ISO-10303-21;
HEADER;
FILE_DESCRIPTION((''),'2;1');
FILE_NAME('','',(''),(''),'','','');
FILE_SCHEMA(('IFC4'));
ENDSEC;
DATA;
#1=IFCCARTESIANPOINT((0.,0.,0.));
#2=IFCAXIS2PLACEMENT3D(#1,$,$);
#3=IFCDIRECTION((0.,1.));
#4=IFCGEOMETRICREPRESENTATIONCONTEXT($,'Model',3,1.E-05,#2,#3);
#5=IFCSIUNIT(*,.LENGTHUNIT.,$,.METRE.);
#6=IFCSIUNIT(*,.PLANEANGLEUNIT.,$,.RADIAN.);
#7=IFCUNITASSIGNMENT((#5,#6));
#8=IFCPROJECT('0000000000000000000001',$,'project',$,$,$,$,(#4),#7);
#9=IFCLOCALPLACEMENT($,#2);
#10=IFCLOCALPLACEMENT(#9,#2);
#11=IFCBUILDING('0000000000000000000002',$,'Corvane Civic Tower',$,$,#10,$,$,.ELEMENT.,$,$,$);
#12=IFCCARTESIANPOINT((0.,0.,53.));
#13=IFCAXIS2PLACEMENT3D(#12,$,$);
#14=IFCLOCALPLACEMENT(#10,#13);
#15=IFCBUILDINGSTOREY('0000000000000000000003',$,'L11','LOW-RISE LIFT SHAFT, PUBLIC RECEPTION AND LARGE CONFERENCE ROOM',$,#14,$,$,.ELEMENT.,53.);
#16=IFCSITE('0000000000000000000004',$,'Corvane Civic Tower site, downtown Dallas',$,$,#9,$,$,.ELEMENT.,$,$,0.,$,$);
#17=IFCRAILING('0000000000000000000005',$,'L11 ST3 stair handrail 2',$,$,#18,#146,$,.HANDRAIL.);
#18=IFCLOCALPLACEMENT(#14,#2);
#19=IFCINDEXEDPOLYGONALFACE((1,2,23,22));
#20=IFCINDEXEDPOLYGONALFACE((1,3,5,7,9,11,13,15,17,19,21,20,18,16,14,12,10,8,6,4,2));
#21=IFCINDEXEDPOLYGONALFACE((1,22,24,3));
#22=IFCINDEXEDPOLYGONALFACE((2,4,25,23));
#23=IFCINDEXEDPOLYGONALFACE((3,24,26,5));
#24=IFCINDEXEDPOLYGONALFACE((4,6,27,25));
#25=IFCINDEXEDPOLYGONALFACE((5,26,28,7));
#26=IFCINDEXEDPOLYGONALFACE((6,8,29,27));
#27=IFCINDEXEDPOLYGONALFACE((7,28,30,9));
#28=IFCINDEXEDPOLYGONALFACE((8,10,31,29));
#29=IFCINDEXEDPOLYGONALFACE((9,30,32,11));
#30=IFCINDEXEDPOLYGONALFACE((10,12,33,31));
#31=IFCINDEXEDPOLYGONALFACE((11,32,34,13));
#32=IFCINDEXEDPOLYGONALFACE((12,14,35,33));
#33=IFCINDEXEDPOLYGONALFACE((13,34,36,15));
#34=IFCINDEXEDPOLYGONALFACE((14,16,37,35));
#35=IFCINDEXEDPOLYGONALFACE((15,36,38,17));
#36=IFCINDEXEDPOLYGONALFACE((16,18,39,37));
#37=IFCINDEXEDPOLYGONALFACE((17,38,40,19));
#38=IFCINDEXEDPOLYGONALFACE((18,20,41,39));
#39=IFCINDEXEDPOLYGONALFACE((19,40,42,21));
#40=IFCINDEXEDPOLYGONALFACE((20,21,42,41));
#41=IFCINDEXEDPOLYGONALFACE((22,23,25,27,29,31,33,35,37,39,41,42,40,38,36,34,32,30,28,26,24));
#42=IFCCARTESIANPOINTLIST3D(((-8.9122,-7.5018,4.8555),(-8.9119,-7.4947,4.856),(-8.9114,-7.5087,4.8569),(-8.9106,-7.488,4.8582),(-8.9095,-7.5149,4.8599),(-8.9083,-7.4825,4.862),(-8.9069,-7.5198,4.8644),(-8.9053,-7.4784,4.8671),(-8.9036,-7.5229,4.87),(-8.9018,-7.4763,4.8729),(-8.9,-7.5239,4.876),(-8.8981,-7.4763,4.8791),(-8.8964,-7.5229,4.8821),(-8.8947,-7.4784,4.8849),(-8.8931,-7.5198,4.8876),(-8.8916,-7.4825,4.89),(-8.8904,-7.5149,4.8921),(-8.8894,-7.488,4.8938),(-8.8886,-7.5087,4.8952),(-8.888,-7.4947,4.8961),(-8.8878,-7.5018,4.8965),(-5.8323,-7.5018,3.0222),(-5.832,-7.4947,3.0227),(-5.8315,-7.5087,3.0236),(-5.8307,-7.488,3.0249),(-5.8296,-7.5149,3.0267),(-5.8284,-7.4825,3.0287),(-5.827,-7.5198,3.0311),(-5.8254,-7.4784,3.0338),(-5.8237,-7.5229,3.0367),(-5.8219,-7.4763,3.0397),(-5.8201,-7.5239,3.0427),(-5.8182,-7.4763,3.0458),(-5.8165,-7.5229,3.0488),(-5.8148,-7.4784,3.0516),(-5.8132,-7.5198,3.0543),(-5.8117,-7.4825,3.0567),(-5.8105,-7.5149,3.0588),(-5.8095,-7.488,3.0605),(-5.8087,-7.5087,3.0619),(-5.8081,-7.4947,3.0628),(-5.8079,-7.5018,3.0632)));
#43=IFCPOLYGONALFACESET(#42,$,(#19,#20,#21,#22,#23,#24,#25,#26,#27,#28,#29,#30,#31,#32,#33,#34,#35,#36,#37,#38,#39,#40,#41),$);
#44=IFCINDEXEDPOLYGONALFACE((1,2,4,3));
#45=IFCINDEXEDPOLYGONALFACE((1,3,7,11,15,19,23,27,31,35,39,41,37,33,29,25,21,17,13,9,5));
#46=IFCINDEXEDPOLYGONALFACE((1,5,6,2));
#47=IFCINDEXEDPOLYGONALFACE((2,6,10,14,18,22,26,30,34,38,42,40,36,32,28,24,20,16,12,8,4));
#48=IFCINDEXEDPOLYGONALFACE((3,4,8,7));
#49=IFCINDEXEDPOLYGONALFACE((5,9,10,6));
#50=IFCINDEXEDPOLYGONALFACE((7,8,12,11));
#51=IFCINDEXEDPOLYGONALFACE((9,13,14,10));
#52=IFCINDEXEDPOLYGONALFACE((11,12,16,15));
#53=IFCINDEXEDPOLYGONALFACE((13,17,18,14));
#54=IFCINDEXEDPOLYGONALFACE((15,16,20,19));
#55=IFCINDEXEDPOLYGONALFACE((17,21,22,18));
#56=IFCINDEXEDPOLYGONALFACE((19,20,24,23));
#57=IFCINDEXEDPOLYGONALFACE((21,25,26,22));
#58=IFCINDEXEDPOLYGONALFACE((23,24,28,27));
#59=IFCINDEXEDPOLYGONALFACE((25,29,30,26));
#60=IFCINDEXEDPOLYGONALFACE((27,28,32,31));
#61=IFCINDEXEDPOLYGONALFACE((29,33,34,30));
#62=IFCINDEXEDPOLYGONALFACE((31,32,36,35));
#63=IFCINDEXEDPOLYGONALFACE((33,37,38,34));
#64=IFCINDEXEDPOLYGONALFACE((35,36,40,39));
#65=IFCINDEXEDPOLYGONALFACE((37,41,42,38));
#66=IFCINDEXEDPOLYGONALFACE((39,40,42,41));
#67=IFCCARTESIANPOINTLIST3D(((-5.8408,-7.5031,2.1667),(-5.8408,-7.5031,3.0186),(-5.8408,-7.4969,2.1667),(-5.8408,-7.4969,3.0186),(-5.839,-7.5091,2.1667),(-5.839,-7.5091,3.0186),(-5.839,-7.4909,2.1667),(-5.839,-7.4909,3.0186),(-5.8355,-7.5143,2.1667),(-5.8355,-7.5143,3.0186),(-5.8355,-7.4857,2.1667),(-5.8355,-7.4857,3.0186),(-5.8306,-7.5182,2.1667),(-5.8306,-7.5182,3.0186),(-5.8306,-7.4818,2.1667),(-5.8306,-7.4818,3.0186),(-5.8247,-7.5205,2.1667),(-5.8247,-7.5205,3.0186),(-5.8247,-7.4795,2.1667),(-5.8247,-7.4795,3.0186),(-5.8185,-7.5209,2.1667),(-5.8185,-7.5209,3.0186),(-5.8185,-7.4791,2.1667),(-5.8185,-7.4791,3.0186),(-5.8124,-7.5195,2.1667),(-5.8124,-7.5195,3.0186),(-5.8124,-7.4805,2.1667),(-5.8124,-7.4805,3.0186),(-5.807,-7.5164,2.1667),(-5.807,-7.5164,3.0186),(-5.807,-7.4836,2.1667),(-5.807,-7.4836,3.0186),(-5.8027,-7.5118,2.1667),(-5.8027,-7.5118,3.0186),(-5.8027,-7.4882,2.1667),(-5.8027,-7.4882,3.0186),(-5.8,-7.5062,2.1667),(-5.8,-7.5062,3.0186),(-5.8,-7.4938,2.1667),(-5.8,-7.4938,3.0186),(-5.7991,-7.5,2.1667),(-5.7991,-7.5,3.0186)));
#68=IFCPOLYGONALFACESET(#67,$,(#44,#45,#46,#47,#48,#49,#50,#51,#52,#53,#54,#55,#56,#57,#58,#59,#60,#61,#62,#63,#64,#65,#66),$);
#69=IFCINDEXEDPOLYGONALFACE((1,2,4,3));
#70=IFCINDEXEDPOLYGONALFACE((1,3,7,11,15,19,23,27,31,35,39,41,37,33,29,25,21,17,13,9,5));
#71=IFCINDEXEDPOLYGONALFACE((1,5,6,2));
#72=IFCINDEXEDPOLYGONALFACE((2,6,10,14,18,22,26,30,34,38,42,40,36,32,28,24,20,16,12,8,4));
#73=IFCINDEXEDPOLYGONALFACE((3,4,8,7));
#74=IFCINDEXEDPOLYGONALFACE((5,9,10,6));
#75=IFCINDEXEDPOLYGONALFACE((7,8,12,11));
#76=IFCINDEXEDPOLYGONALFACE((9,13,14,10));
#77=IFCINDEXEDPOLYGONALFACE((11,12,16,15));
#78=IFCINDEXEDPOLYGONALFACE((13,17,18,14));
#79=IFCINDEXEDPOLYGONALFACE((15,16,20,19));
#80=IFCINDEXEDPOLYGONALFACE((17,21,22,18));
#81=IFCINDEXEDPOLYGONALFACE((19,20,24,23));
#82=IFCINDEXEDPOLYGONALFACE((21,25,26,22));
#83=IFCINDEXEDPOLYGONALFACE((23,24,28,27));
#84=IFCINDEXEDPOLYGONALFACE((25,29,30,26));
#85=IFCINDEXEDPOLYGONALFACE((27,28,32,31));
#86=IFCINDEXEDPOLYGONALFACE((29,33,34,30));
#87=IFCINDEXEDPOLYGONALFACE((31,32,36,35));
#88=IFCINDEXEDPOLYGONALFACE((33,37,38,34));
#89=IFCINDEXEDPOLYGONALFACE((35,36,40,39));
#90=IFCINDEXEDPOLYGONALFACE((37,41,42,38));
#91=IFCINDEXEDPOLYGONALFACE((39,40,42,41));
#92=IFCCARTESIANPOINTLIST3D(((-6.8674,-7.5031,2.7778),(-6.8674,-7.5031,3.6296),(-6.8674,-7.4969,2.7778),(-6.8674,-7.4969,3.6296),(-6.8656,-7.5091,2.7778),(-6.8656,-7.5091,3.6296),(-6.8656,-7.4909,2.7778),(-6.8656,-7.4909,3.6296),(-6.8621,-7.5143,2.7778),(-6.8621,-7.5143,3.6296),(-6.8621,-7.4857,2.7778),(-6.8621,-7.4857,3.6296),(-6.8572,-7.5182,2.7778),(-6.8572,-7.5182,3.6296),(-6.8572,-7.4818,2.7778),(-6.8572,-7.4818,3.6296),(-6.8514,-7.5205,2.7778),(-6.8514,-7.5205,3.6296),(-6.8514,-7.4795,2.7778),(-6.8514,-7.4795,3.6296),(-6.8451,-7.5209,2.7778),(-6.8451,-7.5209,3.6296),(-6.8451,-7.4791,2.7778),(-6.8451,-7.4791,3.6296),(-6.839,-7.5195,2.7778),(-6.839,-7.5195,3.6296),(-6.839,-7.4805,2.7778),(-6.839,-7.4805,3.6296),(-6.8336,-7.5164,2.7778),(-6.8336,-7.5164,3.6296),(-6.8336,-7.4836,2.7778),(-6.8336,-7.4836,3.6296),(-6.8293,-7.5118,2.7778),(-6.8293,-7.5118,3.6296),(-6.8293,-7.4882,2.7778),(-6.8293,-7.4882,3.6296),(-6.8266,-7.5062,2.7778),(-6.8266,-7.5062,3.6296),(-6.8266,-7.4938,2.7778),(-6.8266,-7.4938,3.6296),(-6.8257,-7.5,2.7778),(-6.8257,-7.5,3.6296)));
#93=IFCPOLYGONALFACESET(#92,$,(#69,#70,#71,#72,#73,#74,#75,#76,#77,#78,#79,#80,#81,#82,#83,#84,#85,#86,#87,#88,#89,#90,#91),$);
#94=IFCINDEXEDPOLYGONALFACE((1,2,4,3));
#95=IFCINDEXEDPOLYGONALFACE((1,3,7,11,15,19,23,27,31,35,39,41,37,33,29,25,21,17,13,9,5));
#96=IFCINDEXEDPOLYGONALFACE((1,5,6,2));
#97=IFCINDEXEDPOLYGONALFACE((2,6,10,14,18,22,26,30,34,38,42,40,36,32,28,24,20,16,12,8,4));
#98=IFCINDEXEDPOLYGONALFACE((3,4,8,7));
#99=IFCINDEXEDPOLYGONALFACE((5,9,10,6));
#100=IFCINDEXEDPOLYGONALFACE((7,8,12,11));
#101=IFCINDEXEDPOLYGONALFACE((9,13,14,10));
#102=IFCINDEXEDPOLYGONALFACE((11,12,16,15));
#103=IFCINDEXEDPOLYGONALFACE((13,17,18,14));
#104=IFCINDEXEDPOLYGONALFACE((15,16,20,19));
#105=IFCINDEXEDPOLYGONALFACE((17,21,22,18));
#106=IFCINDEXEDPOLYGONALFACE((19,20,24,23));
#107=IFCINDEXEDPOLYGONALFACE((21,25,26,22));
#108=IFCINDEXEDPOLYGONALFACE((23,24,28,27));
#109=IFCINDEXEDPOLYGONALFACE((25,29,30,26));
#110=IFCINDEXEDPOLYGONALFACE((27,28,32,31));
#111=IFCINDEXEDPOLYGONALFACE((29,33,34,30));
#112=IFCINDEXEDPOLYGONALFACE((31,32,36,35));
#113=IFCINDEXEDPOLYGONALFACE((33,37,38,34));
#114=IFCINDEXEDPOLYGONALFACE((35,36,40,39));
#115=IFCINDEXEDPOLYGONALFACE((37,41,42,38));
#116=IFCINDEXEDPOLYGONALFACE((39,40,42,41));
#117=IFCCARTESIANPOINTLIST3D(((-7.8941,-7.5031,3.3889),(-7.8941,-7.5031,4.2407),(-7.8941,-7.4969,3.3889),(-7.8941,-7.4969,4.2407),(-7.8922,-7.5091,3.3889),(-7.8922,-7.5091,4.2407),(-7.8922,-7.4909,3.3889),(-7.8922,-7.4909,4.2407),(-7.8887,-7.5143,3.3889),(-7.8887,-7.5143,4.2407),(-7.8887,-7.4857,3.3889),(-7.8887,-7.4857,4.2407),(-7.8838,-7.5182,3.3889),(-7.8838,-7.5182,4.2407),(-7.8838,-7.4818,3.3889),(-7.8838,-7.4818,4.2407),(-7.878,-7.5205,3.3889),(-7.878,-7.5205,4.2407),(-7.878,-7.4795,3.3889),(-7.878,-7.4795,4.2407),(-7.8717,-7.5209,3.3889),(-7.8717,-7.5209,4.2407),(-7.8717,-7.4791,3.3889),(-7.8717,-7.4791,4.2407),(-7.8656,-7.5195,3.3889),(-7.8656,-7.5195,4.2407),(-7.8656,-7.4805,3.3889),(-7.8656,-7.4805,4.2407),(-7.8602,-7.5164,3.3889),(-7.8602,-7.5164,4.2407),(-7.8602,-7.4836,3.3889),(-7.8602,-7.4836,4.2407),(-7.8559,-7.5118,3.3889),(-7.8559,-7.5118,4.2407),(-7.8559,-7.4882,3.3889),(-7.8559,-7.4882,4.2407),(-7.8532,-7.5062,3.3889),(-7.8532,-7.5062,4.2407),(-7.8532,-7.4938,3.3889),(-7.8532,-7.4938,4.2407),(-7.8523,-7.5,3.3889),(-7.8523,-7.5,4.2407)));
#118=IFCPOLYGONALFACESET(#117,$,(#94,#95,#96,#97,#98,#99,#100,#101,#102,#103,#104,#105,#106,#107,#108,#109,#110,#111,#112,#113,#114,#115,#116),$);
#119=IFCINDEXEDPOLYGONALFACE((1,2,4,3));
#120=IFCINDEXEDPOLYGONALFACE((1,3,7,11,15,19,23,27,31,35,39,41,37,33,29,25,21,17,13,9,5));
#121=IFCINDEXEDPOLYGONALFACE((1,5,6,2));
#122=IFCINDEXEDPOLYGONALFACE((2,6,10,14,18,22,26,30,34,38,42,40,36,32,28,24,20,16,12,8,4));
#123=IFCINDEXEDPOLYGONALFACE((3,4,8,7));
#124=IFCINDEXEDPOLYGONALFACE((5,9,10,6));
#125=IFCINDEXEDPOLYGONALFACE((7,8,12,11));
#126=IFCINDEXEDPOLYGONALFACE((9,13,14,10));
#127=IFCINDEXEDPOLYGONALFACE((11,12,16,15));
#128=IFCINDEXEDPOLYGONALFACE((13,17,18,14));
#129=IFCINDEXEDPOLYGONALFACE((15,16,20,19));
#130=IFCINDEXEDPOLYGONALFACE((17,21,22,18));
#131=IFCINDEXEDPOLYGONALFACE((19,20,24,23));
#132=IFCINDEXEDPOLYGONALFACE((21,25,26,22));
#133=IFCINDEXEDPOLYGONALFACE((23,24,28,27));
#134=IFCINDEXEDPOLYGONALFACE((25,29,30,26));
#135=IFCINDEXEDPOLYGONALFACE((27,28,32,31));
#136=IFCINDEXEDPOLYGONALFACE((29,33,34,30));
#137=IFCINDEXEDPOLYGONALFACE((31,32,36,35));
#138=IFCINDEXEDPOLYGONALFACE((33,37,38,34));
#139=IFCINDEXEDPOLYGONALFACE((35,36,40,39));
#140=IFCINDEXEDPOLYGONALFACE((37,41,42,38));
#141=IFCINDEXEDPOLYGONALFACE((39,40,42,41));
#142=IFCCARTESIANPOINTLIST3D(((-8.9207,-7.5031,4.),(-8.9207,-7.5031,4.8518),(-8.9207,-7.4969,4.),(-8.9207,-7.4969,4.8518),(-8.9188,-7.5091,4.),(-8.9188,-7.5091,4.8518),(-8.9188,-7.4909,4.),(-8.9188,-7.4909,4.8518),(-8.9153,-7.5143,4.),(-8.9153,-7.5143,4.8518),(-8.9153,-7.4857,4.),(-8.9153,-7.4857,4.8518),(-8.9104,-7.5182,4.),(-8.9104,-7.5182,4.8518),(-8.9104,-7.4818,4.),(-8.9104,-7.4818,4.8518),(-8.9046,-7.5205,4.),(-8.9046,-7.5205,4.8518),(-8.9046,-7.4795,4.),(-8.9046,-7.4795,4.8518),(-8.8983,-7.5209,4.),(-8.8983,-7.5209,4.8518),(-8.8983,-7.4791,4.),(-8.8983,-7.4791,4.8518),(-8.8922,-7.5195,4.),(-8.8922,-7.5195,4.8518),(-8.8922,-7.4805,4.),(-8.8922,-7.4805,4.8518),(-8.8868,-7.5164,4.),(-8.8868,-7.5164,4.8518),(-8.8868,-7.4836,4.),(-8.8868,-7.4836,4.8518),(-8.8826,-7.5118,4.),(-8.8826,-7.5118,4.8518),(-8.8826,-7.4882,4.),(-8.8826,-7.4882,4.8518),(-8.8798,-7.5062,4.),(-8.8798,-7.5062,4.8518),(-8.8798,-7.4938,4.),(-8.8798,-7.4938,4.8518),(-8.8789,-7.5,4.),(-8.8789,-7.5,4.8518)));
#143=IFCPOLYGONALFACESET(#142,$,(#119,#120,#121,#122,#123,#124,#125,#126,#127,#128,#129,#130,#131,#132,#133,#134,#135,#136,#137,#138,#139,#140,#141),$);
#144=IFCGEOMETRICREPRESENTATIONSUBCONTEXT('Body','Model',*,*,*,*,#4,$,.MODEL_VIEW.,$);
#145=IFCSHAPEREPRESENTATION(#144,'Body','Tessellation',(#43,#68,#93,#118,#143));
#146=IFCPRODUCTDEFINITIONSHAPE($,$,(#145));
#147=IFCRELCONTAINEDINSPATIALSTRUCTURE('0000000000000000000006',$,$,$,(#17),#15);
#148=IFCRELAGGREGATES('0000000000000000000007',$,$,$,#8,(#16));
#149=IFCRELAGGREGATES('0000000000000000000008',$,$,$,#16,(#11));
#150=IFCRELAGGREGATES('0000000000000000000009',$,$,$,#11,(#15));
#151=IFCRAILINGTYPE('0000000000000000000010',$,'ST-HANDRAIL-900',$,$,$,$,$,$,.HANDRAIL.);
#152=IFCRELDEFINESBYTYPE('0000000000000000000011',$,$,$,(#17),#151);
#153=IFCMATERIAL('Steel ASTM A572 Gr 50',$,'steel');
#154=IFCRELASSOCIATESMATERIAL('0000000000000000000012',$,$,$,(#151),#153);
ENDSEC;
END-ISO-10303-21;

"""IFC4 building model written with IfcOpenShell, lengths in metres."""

from ifc_helpers import new_model, si_unit, direction, frame, origin, origin_2d, place, context, subcontext, project, spatial, circle, extrude, material, type_object, element, save


model = new_model("IFC4")

# Units and contexts
model_context = context("Model", 3, precision=1e-05, world=origin(), true_north=direction((0.0, 1.0)))
body_context = subcontext(model_context, "Body", "Model", "MODEL_VIEW")
ifc_project = project(units=[si_unit("LENGTHUNIT", "METRE"), si_unit("PLANEANGLEUNIT", "RADIAN")], contexts=[model_context])

# Site, building, storey
site_placement = place(None, origin())
site = spatial("IfcSite", under=ifc_project, at=site_placement, Name="Corvane Civic Tower site, downtown Dallas", CompositionType="ELEMENT", RefElevation=0.0)
building_placement = place(site_placement, origin())
building = spatial("IfcBuilding", under=site, at=building_placement, Name="Corvane Civic Tower", CompositionType="ELEMENT")
storey_placement = place(building_placement, frame((0.0, 0.0, 53.0)))
storey = spatial("IfcBuildingStorey", under=building, at=storey_placement, Name="L11", Description="LOW-RISE LIFT SHAFT, PUBLIC RECEPTION AND LARGE CONFERENCE ROOM", CompositionType="ELEMENT", Elevation=53.0)

# Railing
ifc_material_1 = material(Name="Steel ASTM A572 Gr 50", Category="steel")
railing_type_1 = type_object("IfcRailingType", Name="ST-HANDRAIL-900", PredefinedType="HANDRAIL", material=ifc_material_1)
railing_1_placement = place(storey_placement, frame((-5.8201, -7.5, 2.1667)))
element("IfcRailing", 1, at=railing_1_placement, inside=storey, type_object=railing_type_1, Name="L11 ST3 stair handrail 2", PredefinedType="HANDRAIL", context=body_context, shape_type="SweptSolid", body=[
    extrude(circle(Radius=0.0239, at=origin_2d()), frame((0.0, 0.0, 0.876), z_axis=(-0.859291, 0.0, 0.511487), x_axis=(0.0, -1.0, 0.0)), (0.0, 0.0, 1.0), 3.5842),
    extrude(circle(Radius=0.021, at=origin_2d()), origin(), (0.0, 0.0, 1.0), 0.8518),
    extrude(circle(Radius=0.021, at=origin_2d()), frame((-1.0266, 0.0, 0.6111)), (0.0, 0.0, 1.0), 0.8518),
    extrude(circle(Radius=0.021, at=origin_2d()), frame((-2.0532, 0.0, 1.2222)), (0.0, 0.0, 1.0), 0.8518),
    extrude(circle(Radius=0.021, at=origin_2d()), frame((-3.0798, 0.0, 1.8333)), (0.0, 0.0, 1.0), 0.8518),
])

save(model, "model.ifc")
